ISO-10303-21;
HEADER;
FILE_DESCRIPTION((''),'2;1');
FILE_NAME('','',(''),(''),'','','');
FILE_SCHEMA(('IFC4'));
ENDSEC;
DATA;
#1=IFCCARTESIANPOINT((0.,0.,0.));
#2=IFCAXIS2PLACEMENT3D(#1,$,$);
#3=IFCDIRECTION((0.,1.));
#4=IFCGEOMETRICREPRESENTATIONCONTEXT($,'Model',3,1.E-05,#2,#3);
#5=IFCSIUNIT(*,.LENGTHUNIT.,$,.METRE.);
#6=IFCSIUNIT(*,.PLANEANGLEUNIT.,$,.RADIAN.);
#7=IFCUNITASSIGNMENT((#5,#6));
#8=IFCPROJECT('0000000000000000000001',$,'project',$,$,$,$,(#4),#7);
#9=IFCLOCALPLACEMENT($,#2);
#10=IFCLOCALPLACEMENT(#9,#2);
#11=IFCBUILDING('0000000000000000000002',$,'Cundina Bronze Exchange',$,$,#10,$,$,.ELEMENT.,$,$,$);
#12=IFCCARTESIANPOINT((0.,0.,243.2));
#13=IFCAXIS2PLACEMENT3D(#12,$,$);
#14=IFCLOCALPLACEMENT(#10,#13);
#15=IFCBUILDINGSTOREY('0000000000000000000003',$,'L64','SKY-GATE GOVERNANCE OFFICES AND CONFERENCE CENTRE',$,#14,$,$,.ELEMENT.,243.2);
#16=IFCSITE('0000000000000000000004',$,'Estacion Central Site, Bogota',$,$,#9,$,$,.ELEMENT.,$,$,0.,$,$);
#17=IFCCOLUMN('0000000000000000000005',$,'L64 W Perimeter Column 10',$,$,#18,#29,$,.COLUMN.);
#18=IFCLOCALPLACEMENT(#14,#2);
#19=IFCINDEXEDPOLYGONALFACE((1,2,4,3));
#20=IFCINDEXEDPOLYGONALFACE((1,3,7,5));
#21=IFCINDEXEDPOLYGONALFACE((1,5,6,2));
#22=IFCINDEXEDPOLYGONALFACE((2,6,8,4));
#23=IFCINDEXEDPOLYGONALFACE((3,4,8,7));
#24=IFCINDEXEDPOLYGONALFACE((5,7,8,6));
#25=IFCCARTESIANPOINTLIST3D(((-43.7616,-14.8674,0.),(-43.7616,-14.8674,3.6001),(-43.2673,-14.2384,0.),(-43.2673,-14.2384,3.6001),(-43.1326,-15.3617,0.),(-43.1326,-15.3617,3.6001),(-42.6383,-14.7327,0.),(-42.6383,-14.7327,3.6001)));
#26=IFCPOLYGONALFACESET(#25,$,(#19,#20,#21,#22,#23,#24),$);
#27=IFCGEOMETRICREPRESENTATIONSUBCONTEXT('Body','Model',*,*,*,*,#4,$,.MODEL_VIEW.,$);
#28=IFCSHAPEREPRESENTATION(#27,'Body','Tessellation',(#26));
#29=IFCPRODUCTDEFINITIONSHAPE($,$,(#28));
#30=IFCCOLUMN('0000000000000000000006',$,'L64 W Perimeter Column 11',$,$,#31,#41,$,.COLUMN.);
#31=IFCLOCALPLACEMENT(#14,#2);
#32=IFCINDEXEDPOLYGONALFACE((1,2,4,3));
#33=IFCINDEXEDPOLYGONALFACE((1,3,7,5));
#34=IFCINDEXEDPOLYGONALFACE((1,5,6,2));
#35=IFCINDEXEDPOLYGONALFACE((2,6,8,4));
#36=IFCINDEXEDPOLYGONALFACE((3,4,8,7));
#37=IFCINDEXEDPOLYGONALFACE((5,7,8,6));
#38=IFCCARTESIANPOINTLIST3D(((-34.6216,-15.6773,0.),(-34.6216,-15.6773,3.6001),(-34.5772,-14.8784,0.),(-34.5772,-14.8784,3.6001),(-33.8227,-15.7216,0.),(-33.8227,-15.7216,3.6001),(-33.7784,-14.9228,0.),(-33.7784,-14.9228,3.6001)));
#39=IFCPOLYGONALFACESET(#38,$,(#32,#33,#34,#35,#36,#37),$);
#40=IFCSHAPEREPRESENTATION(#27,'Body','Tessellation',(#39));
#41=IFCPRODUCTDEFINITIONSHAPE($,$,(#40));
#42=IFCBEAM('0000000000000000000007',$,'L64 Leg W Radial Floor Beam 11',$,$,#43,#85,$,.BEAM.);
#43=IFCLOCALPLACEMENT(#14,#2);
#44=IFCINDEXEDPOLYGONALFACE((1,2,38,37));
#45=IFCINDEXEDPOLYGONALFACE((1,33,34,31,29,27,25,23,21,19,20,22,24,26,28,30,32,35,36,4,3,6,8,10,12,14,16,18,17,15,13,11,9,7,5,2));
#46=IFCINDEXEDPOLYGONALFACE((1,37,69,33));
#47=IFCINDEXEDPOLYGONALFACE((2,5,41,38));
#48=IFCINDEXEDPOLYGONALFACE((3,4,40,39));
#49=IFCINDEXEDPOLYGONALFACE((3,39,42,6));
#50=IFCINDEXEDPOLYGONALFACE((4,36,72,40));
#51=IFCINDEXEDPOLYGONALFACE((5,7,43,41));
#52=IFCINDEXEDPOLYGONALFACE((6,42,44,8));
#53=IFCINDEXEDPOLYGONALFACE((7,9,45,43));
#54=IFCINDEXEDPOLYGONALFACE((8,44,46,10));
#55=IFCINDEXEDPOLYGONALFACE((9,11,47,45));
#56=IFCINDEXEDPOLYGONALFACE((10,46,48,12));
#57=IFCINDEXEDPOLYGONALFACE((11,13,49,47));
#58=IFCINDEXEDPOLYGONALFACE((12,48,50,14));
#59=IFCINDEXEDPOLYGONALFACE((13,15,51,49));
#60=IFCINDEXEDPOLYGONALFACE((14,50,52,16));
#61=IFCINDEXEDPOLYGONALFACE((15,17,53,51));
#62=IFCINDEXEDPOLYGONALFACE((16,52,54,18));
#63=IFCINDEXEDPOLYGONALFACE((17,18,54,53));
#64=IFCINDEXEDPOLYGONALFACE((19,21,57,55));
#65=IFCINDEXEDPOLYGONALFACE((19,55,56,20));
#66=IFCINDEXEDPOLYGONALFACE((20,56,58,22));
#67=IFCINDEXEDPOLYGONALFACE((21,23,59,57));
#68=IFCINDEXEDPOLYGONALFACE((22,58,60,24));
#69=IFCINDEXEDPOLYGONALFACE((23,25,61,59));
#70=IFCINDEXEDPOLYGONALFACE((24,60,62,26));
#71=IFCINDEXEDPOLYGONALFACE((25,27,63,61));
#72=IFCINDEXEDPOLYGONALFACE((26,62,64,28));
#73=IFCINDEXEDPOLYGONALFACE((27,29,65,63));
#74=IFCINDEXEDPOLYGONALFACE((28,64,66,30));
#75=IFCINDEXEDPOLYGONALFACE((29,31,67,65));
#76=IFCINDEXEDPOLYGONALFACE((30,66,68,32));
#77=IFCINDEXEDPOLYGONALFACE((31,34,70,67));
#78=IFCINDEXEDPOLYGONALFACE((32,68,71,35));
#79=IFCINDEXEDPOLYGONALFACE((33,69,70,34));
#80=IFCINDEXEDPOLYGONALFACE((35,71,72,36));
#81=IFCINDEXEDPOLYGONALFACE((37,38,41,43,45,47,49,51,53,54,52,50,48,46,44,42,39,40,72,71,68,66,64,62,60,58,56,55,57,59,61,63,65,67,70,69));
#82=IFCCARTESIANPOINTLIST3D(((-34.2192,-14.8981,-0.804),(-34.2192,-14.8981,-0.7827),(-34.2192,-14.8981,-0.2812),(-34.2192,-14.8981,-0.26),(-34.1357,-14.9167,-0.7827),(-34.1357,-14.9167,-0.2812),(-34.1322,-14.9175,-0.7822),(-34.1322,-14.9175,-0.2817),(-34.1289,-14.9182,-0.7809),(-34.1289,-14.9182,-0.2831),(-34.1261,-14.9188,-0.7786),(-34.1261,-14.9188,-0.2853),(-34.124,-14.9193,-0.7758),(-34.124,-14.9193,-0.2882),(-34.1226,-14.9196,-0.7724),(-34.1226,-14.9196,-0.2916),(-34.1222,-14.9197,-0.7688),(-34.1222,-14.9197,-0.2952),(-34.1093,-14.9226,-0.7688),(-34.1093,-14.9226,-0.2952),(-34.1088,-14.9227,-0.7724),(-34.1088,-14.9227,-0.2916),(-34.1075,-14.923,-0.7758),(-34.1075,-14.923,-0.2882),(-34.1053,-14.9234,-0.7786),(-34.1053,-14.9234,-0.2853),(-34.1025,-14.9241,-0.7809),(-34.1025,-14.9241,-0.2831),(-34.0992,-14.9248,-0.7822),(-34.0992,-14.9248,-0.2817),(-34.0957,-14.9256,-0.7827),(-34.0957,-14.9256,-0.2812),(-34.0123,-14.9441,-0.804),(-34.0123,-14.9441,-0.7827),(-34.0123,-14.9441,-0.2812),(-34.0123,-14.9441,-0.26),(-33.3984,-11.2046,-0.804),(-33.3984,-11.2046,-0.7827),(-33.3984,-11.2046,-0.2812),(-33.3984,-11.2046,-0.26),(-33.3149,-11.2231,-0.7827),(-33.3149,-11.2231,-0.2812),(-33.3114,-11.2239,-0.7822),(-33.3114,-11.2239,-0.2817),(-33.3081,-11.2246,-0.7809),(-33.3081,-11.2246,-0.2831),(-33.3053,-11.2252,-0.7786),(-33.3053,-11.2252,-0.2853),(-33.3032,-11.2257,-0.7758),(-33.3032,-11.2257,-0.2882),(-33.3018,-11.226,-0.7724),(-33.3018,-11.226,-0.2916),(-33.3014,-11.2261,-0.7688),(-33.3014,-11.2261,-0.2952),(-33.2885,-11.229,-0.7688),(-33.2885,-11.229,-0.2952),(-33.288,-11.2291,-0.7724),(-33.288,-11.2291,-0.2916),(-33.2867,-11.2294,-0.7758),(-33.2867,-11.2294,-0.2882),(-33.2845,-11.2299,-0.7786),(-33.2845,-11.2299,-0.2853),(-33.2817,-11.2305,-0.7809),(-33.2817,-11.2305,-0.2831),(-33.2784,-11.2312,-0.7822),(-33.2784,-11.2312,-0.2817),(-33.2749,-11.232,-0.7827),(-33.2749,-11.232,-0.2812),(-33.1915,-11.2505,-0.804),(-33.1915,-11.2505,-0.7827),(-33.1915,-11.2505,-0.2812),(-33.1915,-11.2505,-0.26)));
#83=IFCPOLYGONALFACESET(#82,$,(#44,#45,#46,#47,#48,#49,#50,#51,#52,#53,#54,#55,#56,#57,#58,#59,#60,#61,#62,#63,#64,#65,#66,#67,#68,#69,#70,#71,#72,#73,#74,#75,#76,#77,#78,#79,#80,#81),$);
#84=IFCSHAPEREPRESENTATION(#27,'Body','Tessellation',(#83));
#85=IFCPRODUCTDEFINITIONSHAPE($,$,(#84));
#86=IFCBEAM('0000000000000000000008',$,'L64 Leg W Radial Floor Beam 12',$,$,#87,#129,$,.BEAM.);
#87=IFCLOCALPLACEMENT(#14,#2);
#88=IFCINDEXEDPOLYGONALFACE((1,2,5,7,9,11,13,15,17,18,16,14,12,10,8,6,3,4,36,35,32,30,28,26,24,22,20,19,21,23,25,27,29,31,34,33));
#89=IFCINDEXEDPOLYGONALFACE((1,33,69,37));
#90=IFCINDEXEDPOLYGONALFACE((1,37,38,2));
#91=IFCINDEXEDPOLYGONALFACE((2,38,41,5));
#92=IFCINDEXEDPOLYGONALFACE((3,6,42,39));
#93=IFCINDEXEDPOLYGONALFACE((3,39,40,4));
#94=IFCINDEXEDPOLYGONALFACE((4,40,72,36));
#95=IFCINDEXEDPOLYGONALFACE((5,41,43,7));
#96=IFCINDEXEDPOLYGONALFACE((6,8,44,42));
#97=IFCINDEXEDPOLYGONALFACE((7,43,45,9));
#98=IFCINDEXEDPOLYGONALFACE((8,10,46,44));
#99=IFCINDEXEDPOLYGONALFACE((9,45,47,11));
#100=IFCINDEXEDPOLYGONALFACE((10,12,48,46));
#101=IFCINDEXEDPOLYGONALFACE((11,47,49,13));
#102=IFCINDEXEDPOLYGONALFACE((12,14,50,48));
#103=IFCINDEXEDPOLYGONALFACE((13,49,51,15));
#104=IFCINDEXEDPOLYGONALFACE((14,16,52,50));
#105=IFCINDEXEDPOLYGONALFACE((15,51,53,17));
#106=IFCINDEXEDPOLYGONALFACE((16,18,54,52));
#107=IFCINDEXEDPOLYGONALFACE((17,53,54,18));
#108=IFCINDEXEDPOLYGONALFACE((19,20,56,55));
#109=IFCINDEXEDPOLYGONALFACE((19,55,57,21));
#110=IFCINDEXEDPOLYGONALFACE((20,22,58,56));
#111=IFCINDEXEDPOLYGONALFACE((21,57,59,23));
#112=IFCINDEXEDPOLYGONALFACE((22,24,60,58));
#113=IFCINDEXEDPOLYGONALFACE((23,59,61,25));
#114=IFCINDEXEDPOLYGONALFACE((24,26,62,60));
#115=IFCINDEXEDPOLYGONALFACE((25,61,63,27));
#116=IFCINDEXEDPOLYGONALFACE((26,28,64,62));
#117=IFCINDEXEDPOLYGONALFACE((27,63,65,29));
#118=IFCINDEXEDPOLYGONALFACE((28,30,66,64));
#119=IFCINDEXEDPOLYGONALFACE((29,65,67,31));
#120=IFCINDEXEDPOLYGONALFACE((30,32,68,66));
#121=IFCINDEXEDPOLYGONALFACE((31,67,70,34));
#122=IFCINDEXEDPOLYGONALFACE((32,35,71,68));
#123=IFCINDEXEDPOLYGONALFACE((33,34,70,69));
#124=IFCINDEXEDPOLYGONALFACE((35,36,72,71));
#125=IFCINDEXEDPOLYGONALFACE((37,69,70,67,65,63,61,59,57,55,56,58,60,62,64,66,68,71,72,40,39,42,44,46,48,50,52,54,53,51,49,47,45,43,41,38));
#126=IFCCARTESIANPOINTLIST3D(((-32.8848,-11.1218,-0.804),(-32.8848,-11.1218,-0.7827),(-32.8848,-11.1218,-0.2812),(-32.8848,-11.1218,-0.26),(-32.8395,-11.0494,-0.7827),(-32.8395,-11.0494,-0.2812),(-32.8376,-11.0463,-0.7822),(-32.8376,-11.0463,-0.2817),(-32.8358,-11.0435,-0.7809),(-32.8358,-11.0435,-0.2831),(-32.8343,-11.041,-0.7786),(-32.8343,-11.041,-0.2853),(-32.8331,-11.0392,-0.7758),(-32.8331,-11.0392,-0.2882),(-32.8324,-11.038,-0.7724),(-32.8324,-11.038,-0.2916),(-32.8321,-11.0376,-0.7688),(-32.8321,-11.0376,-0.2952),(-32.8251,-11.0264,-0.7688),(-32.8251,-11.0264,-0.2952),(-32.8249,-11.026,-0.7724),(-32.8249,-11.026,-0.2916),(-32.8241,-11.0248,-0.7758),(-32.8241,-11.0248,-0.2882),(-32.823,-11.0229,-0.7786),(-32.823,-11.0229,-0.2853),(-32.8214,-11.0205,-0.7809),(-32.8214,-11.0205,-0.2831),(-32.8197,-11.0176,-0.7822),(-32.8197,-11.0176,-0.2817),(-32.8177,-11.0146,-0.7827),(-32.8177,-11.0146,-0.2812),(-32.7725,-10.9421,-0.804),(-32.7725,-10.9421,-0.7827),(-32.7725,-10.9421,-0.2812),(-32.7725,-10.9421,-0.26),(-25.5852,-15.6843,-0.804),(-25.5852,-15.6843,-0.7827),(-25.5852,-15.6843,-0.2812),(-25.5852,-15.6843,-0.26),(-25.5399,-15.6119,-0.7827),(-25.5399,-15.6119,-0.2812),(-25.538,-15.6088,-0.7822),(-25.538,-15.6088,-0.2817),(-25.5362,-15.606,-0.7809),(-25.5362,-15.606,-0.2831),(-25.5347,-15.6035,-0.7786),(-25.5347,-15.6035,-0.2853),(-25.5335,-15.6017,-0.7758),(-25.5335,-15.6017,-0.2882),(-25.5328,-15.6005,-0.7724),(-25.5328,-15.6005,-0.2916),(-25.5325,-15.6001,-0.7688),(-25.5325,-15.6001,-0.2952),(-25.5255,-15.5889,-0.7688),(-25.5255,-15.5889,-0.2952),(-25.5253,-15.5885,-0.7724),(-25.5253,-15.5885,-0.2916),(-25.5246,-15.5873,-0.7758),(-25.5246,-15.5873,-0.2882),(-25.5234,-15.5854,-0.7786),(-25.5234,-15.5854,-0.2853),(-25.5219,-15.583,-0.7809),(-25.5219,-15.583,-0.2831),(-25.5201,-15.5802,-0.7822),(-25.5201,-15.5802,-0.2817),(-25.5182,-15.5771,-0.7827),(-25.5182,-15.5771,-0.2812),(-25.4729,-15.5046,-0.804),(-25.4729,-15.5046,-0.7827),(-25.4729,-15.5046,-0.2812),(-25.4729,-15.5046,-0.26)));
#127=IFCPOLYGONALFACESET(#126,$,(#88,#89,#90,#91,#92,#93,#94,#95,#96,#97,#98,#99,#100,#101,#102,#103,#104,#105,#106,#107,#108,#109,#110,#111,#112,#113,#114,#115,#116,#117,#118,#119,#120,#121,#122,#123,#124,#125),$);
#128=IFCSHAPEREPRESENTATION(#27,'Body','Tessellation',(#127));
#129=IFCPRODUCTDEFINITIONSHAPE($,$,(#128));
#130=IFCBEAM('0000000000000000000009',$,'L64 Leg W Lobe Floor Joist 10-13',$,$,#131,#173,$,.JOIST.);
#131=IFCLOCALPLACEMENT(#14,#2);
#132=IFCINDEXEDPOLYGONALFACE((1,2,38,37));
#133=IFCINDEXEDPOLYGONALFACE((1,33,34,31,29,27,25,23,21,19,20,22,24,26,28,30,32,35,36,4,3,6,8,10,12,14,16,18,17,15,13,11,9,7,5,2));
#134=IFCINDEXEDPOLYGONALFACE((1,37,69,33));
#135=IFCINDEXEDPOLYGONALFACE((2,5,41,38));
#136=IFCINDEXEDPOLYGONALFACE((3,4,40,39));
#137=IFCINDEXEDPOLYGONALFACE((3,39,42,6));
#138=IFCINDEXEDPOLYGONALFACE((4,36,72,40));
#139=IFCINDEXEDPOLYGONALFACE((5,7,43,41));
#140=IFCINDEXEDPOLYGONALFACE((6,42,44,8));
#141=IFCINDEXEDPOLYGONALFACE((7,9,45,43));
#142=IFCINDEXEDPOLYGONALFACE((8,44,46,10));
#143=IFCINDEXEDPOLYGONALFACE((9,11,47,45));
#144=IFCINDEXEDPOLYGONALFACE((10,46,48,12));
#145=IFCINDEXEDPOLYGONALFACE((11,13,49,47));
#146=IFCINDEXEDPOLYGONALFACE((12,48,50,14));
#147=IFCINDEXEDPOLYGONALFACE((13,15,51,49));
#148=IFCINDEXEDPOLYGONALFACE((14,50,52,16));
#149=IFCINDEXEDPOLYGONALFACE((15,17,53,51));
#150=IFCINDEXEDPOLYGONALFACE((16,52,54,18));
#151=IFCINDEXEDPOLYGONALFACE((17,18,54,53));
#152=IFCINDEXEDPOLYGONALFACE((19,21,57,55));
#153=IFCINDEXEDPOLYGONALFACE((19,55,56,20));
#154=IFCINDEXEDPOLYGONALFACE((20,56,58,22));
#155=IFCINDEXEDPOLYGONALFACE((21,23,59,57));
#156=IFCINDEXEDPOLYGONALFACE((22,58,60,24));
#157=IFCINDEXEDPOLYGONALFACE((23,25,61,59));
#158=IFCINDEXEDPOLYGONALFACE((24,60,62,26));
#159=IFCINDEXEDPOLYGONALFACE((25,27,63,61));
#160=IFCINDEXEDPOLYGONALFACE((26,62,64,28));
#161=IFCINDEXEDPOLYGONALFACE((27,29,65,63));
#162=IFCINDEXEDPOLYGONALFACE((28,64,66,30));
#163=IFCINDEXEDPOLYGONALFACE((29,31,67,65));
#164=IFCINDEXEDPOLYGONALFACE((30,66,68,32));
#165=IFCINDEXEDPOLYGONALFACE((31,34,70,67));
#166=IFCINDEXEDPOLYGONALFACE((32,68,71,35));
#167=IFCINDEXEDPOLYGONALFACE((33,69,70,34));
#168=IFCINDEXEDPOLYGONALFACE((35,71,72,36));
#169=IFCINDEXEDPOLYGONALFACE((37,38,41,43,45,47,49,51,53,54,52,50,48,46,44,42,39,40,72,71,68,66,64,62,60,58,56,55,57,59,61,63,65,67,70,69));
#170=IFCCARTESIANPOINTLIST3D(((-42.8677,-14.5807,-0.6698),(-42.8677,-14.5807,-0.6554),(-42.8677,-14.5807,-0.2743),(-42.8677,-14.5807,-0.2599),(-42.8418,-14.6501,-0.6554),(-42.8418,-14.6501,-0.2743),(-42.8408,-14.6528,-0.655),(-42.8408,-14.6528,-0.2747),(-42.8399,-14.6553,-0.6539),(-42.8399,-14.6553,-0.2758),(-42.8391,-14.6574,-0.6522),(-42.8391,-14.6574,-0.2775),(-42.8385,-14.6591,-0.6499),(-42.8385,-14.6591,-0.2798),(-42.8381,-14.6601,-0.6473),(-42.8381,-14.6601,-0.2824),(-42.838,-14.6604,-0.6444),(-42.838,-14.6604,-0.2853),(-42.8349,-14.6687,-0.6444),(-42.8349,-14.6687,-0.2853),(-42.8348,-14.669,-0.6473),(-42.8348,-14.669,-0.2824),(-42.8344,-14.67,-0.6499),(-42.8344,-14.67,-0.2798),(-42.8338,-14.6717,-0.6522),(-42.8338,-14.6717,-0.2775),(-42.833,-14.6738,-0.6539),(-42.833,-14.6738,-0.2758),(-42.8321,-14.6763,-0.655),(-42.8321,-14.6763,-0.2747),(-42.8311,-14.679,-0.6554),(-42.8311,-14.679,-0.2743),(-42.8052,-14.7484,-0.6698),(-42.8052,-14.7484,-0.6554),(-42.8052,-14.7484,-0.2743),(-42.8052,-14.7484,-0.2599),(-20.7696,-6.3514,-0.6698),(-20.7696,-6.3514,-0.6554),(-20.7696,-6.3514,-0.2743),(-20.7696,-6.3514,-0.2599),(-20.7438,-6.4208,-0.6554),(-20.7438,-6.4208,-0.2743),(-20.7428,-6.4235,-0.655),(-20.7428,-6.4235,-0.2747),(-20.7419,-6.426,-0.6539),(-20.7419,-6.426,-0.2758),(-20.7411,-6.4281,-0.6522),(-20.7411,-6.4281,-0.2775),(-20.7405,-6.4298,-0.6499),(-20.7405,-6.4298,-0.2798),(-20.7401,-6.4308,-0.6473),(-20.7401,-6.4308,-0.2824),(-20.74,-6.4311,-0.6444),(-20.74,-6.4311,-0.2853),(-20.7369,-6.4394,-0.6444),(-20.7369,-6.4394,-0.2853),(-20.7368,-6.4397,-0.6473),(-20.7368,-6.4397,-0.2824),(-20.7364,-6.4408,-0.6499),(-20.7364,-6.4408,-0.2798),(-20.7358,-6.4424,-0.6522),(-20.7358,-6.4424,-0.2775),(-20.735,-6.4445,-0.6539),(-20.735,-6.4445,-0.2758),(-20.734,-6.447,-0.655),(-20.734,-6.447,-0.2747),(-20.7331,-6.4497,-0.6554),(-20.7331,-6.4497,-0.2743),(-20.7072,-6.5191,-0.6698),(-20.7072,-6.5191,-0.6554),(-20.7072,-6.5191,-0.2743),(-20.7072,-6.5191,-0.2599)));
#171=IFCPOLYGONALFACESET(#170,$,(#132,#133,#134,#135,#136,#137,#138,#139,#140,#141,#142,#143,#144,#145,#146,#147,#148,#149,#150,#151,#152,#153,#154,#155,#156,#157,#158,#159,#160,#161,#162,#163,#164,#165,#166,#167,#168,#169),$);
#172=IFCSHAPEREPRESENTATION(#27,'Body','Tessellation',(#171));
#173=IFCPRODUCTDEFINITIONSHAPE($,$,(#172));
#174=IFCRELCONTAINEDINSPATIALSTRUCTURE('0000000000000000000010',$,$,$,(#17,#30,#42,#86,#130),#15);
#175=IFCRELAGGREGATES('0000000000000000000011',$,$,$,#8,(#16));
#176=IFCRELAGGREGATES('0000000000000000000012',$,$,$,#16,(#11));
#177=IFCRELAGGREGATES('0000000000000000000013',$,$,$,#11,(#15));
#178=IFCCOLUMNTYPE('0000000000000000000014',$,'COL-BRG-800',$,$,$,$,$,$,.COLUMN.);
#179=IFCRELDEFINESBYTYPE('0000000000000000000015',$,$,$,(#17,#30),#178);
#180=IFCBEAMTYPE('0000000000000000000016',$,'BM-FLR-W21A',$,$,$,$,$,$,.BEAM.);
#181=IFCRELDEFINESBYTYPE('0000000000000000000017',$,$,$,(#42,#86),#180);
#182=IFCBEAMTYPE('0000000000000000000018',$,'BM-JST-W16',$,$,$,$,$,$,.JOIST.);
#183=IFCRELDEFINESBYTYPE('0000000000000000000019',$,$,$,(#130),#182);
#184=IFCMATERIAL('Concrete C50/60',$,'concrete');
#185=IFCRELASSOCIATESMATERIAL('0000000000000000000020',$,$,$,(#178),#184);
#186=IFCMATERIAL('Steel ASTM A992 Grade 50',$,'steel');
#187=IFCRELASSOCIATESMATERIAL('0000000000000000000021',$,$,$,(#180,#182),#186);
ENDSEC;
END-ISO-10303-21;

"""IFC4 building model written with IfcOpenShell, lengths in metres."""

from ifc_helpers import new_model, si_unit, direction, frame, origin, origin_2d, place, context, subcontext, project, spatial, rectangle, i_section, extrude, material, material_profile, profile_set, type_object, element, save


model = new_model("IFC4")

# Units and contexts
model_context = context("Model", 3, precision=1e-05, world=origin(), true_north=direction((0.0, 1.0)))
body_context = subcontext(model_context, "Body", "Model", "MODEL_VIEW")
ifc_project = project(units=[si_unit("LENGTHUNIT", "METRE"), si_unit("PLANEANGLEUNIT", "RADIAN")], contexts=[model_context])

# Site, building, storey
site_placement = place(None, origin())
site = spatial("IfcSite", under=ifc_project, at=site_placement, Name="Estacion Central Site, Bogota", CompositionType="ELEMENT", RefElevation=0.0)
building_placement = place(site_placement, origin())
building = spatial("IfcBuilding", under=site, at=building_placement, Name="Cundina Bronze Exchange", CompositionType="ELEMENT")
storey_placement = place(building_placement, frame((0.0, 0.0, 243.2)))
storey = spatial("IfcBuildingStorey", under=building, at=storey_placement, Name="L64", Description="SKY-GATE GOVERNANCE OFFICES AND CONFERENCE CENTRE", CompositionType="ELEMENT", Elevation=243.2)

# Columns
ifc_material_1 = material(Name="Concrete C50/60", Category="concrete")
ifc_material_profile_1 = material_profile(ifc_material_1, rectangle(XDim=0.8, YDim=0.8, at=origin_2d()), Name="RC800X800", Category="concrete")
ifc_profile_set_1 = profile_set([ifc_material_profile_1], Name="Concrete C50/60")
column_type = type_object("IfcColumnType", Name="COL-BRG-800", PredefinedType="COLUMN", material=ifc_profile_set_1)
for number, where, z_axis, x_axis, name in (
    (1, (-43.2, -14.8, 0.0), (0.0, 0.0, 1.0), (0.786288, -0.61786, 0.0), "L64 W Perimeter Column 10"),
    (2, (-34.2, -15.3, 0.0), (0.0, 0.0, 1.0), (0.99846, -0.055473, 0.0), "L64 W Perimeter Column 11"),
):
    element("IfcColumn", number, at=place(storey_placement, frame(where, z_axis=z_axis, x_axis=x_axis)), inside=storey, type_object=column_type, Name=name, PredefinedType="COLUMN", context=body_context, shape_type="SweptSolid", body=[
        extrude(rectangle(XDim=0.8, YDim=0.8, at=origin_2d()), origin(), (0.0, 0.0, 1.0), 3.6001),
    ])

# Beams
ifc_material_2 = material(Name="Steel ASTM A992 Grade 50", Category="steel")
ifc_material_profile_2 = material_profile(ifc_material_2, i_section(OverallWidth=0.2119, OverallDepth=0.5439, WebThickness=0.0132, FlangeThickness=0.0212, FilletRadius=0.0139, at=origin_2d()), Name="W21X83", Category="steel")
ifc_profile_set_2 = profile_set([ifc_material_profile_2], Name="Steel ASTM A992 Grade 50")
beam_type_1 = type_object("IfcBeamType", Name="BM-FLR-W21A", PredefinedType="BEAM", material=ifc_profile_set_2)
beam_1_placement = place(storey_placement, frame((-33.2949, -11.2275, -0.532), z_axis=(-0.21693, -0.976187, 0.0), x_axis=(0.976187, -0.21693, 0.0)))
element("IfcBeam", 3, at=beam_1_placement, inside=storey, type_object=beam_type_1, Name="L64 Leg W Radial Floor Beam 11", PredefinedType="BEAM", context=body_context, shape_type="SweptSolid", body=[
    extrude(i_section(OverallWidth=0.2119, OverallDepth=0.5439, WebThickness=0.0132, FlangeThickness=0.0212, FilletRadius=0.0139, at=origin_2d()), origin(), (0.0, 0.0, 1.0), 3.7837),
])
beam_2_placement = place(storey_placement, frame((-32.8286, -11.032, -0.532), z_axis=(0.847984, -0.530022, 0.0), x_axis=(0.530022, 0.847984, 0.0)))
element("IfcBeam", 4, at=beam_2_placement, inside=storey, type_object=beam_type_1, Name="L64 Leg W Radial Floor Beam 12", PredefinedType="BEAM", context=body_context, shape_type="SweptSolid", body=[
    extrude(i_section(OverallWidth=0.2119, OverallDepth=0.5439, WebThickness=0.0132, FlangeThickness=0.0212, FilletRadius=0.0139, at=origin_2d()), origin(), (0.0, 0.0, 1.0), 8.6082),
])
ifc_material_profile_3 = material_profile(ifc_material_2, i_section(OverallWidth=0.179, OverallDepth=0.4099, WebThickness=0.0088, FlangeThickness=0.0144, FilletRadius=0.011, at=origin_2d()), Name="W16X45", Category="steel")
ifc_profile_set_3 = profile_set([ifc_material_profile_3], Name="Steel ASTM A992 Grade 50")
beam_type_2 = type_object("IfcBeamType", Name="BM-JST-W16", PredefinedType="JOIST", material=ifc_profile_set_3)
beam_3_placement = place(storey_placement, frame((-42.8364, -14.6646, -0.4648), z_axis=(0.937128, 0.348986, 0.0), x_axis=(-0.348986, 0.937128, 0.0)))
element("IfcBeam", 5, at=beam_3_placement, inside=storey, type_object=beam_type_2, Name="L64 Leg W Lobe Floor Joist 10-13", PredefinedType="JOIST", context=body_context, shape_type="SweptSolid", body=[
    extrude(i_section(OverallWidth=0.179, OverallDepth=0.4099, WebThickness=0.0088, FlangeThickness=0.0144, FilletRadius=0.011, at=origin_2d()), origin(), (0.0, 0.0, 1.0), 23.5806),
])

save(model, "model.ifc")
